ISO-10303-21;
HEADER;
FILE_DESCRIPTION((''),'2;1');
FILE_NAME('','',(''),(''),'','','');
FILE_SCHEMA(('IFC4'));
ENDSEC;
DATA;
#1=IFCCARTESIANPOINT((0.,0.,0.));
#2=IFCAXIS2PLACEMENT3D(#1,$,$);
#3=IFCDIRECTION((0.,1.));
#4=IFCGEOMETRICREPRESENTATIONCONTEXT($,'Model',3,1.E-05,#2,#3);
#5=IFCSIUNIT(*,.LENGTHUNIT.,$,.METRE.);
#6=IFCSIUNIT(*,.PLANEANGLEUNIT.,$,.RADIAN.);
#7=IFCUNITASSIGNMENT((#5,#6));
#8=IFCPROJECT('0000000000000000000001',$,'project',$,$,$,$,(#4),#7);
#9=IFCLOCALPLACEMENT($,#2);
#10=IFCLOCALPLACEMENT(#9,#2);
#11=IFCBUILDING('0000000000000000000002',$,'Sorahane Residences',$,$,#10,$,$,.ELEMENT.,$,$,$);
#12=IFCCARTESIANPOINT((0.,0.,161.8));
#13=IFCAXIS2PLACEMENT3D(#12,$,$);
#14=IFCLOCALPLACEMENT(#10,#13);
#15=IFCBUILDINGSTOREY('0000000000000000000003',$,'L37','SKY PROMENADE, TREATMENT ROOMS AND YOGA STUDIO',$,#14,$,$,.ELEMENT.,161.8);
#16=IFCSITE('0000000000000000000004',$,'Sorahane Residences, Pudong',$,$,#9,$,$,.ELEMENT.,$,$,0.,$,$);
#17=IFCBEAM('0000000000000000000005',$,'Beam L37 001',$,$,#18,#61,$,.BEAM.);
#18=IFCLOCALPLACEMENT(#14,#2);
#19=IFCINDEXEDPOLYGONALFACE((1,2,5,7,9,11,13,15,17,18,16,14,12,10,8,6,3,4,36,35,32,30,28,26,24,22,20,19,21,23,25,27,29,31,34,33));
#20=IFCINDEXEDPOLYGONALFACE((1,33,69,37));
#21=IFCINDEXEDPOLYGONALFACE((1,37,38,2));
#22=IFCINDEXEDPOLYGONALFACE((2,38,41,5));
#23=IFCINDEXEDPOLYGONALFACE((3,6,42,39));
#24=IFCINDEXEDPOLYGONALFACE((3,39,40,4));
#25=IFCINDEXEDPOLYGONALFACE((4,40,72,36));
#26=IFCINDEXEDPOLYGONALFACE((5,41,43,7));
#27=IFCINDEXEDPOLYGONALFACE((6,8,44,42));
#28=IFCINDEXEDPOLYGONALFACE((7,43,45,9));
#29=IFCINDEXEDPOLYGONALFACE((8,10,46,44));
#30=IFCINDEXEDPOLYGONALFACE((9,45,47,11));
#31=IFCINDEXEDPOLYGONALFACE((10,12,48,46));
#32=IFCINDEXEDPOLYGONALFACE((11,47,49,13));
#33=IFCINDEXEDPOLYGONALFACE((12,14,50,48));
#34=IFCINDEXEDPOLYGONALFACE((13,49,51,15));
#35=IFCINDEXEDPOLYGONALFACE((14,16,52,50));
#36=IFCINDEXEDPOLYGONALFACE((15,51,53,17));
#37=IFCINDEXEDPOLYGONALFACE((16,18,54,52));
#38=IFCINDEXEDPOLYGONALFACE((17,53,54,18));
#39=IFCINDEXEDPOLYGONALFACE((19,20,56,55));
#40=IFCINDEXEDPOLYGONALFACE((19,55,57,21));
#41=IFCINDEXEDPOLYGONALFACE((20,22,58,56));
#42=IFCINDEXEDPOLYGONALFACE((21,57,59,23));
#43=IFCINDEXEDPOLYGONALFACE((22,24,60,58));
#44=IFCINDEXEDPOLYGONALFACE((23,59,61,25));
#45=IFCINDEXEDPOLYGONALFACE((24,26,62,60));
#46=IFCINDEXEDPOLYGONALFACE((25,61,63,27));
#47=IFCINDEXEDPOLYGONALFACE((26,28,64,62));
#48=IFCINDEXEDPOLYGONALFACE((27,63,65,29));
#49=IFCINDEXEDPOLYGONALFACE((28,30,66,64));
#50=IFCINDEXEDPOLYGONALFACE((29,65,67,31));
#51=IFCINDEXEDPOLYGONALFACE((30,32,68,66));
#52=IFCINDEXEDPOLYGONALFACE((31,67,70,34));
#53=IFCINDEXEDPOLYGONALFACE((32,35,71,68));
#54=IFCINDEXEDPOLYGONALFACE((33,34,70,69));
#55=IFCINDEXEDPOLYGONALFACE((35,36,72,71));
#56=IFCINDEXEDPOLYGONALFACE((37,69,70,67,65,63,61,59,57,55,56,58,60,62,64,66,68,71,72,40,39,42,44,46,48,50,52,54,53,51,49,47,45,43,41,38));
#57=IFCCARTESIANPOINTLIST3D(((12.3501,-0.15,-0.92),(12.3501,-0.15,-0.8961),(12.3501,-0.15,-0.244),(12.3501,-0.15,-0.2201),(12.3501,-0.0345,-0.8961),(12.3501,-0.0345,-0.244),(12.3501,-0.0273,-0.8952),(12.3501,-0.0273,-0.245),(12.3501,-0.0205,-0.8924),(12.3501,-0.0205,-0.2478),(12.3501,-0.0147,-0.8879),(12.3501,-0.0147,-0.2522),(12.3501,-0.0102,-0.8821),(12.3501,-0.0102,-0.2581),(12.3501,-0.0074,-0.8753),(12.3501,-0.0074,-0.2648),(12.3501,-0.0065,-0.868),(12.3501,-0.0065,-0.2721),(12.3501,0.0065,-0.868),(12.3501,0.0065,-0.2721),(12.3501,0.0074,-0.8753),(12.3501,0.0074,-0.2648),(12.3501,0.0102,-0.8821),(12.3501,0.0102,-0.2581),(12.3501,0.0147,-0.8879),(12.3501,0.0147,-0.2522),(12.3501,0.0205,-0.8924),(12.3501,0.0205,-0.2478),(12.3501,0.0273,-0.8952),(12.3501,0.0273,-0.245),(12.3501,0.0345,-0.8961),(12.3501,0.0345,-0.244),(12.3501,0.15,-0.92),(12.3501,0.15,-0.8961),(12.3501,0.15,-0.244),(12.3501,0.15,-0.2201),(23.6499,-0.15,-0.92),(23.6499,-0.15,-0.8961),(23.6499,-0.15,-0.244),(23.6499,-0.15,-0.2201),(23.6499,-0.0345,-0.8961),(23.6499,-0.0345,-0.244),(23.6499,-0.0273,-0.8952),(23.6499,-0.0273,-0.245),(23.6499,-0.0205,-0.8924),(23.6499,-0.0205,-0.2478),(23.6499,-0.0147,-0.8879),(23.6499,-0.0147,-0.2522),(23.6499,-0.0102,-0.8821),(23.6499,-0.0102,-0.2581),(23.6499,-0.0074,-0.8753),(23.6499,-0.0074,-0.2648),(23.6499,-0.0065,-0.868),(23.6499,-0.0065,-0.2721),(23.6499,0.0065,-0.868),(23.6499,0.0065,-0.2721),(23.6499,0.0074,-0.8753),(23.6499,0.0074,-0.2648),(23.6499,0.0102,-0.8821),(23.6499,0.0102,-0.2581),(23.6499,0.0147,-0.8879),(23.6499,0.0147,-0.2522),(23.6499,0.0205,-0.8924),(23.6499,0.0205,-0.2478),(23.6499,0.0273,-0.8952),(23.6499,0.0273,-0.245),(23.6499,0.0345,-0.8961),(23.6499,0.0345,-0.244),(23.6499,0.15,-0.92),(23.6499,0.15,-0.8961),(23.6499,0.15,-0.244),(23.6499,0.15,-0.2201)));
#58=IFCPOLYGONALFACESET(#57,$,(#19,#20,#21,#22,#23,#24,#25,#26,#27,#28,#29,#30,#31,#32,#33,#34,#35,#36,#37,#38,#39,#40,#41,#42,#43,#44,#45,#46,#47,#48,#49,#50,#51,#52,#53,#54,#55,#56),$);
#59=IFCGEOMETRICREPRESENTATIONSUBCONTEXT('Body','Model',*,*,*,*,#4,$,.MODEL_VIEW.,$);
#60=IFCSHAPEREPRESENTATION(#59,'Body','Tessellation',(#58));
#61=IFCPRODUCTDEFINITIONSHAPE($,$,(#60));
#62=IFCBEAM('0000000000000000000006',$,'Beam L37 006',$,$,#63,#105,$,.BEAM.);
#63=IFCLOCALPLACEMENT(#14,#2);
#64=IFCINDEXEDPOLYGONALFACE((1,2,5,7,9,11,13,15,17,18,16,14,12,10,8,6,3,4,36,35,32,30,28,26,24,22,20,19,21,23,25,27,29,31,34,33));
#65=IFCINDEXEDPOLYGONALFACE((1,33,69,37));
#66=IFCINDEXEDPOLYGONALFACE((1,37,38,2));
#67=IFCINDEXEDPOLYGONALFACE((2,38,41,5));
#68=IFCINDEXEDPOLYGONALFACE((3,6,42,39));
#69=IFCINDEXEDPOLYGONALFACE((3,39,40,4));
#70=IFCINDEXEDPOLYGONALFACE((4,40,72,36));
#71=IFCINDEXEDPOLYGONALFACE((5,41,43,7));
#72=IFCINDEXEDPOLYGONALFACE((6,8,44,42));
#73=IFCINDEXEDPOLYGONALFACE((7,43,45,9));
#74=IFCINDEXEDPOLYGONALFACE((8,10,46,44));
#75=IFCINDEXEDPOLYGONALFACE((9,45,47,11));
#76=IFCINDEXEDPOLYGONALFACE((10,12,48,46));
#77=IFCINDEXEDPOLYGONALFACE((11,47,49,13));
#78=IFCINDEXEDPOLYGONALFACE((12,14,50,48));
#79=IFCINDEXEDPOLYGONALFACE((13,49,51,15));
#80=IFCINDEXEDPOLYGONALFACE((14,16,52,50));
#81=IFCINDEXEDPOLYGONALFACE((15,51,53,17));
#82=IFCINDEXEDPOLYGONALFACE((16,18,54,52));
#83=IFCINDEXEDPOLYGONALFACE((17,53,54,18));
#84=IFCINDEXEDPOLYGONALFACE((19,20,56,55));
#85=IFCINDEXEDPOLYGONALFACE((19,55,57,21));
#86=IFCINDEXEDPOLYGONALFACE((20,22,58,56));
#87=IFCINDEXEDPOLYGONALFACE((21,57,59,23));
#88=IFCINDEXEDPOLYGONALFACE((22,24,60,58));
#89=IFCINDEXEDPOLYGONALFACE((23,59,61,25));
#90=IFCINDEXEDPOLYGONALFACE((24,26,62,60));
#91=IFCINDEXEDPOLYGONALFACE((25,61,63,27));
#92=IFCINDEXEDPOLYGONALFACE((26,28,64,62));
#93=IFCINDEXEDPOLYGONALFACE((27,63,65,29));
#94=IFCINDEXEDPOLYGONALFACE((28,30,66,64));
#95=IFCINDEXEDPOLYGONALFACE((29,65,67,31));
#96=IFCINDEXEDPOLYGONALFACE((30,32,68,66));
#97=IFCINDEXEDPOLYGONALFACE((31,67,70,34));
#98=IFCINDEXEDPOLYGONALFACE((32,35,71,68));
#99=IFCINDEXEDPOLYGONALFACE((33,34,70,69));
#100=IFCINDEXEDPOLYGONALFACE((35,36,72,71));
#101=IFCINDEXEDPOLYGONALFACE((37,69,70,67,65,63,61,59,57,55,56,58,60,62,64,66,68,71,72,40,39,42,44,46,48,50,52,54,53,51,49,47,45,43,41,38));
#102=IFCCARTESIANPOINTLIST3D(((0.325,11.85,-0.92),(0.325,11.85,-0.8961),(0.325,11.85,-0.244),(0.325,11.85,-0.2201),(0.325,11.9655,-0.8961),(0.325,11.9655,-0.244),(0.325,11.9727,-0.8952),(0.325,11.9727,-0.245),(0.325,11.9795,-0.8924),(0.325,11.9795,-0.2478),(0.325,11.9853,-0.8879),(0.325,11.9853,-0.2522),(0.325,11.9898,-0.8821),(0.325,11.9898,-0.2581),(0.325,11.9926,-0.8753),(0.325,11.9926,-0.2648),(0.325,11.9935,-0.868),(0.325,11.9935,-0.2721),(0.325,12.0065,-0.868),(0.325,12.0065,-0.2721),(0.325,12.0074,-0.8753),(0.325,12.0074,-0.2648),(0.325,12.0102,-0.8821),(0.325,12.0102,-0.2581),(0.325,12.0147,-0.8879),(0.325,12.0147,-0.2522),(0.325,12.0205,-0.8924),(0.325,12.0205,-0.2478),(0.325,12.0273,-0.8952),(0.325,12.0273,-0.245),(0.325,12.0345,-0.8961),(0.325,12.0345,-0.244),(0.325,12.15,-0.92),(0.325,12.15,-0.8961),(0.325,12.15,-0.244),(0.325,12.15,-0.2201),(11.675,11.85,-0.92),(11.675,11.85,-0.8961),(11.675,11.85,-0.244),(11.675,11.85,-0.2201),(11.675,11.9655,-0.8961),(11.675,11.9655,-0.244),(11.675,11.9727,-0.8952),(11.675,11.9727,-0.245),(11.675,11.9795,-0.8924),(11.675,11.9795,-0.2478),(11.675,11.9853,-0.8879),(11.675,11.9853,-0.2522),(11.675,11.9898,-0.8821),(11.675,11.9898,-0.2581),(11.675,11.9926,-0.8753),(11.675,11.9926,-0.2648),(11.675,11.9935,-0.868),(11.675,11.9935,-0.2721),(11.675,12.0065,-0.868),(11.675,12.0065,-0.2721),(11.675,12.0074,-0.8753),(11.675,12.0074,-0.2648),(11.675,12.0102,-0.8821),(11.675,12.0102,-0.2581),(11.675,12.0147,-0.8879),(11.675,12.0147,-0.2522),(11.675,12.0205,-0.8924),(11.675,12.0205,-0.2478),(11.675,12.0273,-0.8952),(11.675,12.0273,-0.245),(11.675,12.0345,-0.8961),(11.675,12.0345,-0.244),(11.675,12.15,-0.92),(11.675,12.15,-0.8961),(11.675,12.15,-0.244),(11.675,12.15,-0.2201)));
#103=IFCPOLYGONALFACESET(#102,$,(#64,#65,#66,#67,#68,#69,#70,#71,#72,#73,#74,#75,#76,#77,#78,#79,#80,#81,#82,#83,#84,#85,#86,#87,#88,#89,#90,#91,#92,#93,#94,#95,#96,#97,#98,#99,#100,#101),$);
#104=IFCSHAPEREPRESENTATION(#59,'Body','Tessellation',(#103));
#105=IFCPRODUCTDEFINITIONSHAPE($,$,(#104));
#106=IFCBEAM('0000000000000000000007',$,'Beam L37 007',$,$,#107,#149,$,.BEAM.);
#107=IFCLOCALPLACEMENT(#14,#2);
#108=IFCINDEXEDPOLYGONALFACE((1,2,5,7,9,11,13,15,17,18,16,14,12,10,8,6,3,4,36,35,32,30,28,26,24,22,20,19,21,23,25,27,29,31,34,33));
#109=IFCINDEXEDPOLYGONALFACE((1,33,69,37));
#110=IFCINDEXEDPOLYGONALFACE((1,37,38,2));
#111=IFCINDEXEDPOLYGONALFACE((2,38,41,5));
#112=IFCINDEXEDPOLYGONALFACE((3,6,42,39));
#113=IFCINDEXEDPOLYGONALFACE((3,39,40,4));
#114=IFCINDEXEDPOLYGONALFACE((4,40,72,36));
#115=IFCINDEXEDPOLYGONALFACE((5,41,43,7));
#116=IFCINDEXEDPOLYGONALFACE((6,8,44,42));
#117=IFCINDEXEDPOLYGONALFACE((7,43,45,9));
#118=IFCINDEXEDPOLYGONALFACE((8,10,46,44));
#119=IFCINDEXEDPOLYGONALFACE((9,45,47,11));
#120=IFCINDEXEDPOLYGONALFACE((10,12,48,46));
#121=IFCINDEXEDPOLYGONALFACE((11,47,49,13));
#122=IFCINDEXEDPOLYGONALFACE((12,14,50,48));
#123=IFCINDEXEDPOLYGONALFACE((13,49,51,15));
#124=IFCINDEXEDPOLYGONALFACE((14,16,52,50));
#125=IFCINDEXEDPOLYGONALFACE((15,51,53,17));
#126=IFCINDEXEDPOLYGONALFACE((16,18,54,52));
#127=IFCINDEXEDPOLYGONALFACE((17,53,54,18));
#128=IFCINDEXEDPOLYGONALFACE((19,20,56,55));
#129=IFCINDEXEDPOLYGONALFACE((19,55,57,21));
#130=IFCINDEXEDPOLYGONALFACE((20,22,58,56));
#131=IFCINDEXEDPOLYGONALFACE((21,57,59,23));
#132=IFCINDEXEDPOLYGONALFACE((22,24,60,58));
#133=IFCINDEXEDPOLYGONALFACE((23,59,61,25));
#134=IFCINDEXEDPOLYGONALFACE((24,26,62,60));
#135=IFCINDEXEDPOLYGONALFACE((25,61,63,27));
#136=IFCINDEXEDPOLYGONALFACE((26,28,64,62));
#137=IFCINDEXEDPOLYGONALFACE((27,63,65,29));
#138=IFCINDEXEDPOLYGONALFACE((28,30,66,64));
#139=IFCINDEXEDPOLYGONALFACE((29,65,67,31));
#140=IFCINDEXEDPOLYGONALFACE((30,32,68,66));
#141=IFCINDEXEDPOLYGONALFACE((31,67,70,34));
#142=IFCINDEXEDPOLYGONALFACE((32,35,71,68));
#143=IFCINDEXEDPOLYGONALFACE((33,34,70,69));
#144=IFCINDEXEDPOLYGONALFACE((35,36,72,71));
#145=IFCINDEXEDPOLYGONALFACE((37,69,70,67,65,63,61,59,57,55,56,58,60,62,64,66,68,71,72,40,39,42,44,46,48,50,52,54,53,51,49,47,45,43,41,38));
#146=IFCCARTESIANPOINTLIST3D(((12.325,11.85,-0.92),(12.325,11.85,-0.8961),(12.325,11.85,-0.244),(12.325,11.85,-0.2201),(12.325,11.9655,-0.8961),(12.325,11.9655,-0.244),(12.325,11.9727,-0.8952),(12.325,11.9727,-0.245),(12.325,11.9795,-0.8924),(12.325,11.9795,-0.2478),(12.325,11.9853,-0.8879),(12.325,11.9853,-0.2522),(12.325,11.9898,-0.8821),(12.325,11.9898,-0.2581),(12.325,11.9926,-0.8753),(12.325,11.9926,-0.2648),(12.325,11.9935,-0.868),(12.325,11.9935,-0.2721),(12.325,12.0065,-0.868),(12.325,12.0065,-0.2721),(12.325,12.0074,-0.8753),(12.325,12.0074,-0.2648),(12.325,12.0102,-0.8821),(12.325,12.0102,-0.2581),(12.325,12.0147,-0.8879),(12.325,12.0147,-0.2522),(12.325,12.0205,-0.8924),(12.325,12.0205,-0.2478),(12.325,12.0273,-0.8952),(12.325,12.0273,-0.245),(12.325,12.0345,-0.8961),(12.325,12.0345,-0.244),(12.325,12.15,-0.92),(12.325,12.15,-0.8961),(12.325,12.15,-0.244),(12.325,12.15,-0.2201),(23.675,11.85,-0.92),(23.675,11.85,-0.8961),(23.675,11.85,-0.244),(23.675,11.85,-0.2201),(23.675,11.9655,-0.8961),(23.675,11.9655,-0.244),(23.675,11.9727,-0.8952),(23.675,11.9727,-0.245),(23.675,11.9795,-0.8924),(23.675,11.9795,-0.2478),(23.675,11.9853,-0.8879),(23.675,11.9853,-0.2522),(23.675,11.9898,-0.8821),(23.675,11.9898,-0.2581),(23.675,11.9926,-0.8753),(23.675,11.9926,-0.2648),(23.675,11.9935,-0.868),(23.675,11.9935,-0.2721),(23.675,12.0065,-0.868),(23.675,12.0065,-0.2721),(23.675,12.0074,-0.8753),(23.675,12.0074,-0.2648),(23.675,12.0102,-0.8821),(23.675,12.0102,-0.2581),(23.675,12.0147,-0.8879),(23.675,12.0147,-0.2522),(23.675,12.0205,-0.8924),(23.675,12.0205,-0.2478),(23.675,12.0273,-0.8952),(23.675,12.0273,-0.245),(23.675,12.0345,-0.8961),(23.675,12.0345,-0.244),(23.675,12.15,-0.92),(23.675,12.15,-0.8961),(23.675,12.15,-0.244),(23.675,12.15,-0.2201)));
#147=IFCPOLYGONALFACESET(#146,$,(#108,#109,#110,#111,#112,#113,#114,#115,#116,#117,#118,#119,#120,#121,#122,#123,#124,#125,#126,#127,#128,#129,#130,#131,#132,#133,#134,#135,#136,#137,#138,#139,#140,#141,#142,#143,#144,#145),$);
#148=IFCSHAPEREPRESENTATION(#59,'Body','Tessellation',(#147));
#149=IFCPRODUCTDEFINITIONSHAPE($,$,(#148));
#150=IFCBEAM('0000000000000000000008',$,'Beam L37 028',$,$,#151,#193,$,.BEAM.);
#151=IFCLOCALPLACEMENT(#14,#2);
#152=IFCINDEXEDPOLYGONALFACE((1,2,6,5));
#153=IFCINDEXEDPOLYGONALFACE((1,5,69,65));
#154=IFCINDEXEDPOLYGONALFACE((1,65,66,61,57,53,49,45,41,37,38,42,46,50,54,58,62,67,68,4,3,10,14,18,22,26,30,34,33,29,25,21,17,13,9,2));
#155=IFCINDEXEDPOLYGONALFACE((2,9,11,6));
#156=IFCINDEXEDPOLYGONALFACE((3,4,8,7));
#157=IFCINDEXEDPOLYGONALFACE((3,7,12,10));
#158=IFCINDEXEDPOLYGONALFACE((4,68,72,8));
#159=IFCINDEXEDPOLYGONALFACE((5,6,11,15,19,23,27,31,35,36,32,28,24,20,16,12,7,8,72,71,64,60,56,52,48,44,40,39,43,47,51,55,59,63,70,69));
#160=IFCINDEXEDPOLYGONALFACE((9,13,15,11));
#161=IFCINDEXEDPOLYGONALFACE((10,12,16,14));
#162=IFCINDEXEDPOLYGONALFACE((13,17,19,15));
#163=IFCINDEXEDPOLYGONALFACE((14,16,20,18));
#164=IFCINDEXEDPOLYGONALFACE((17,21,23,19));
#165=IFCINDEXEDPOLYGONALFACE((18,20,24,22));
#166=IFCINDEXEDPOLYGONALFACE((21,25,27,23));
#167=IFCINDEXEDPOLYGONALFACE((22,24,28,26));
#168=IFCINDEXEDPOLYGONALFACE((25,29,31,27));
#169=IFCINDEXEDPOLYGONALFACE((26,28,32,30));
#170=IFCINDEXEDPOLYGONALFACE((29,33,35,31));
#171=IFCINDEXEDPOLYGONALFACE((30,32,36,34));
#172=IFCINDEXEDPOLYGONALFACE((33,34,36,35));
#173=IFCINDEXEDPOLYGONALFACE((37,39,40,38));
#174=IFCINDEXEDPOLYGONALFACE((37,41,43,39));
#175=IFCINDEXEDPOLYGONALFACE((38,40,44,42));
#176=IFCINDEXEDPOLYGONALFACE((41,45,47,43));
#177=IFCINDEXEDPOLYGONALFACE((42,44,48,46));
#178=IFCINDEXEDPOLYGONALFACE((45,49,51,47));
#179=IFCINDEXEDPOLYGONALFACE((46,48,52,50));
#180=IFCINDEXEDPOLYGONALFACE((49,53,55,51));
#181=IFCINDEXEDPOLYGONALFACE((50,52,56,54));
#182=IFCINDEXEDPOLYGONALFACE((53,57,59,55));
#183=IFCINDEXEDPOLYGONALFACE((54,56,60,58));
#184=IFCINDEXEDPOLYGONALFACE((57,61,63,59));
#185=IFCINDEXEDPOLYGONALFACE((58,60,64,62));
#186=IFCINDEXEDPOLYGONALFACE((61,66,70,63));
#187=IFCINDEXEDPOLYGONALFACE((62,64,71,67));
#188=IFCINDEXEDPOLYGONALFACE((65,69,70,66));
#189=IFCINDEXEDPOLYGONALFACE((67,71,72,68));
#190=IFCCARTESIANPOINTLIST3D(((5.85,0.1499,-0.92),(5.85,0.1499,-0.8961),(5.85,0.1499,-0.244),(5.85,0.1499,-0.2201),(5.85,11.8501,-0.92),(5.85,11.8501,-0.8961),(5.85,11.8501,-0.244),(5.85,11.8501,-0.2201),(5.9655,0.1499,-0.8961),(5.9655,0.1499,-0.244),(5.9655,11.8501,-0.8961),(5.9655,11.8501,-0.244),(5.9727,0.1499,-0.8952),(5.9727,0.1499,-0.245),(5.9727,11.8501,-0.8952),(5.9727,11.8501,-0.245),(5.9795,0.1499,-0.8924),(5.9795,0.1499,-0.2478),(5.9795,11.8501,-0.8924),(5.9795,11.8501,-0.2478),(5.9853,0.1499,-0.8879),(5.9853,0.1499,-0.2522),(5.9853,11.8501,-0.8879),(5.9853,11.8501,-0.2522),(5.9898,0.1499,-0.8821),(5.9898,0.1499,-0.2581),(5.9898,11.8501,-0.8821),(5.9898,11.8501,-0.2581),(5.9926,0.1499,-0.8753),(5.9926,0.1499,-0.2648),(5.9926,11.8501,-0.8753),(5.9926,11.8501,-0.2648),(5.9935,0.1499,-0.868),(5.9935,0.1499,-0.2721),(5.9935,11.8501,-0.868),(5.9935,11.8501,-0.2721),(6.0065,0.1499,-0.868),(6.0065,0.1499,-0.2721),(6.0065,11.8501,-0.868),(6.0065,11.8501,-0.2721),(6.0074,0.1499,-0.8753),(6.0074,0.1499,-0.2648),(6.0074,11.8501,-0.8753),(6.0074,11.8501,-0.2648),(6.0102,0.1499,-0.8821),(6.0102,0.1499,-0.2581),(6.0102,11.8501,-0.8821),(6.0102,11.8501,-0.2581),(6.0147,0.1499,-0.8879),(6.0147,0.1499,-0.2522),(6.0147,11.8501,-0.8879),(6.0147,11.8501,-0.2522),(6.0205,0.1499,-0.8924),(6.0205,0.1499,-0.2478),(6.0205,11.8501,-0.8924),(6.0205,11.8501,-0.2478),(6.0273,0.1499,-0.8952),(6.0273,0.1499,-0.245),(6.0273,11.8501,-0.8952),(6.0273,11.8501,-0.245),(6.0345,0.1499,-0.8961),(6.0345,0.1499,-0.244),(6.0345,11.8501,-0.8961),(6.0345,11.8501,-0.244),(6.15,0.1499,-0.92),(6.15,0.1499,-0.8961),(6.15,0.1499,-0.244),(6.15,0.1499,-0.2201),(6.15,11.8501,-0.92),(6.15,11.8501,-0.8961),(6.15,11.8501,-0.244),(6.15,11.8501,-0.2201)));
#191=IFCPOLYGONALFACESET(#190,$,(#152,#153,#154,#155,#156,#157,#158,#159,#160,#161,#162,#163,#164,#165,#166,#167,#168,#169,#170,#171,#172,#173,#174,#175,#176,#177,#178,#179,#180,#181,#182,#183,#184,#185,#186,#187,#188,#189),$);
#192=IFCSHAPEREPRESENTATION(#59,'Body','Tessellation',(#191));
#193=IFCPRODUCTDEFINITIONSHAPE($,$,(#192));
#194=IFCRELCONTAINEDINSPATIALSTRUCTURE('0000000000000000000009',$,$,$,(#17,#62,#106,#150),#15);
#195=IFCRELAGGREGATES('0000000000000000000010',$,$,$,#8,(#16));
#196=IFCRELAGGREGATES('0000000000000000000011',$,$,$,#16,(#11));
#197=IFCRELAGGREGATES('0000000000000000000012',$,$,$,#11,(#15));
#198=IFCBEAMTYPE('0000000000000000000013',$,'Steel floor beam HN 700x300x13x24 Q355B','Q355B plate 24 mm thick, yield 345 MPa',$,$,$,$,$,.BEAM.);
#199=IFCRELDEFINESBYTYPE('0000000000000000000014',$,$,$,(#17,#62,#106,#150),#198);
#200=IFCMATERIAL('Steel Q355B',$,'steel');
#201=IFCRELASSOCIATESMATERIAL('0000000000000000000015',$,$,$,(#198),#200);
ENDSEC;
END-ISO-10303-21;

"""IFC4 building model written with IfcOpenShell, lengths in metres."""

from ifc_helpers import new_model, si_unit, direction, frame, origin, origin_2d, place, context, subcontext, project, spatial, i_section, extrude, material, material_profile, profile_set, type_object, element, save


model = new_model("IFC4")

# Units and contexts
model_context = context("Model", 3, precision=1e-05, world=origin(), true_north=direction((0.0, 1.0)))
body_context = subcontext(model_context, "Body", "Model", "MODEL_VIEW")
ifc_project = project(units=[si_unit("LENGTHUNIT", "METRE"), si_unit("PLANEANGLEUNIT", "RADIAN")], contexts=[model_context])

# Site, building, storey
site_placement = place(None, origin())
site = spatial("IfcSite", under=ifc_project, at=site_placement, Name="Sorahane Residences, Pudong", CompositionType="ELEMENT", RefElevation=0.0)
building_placement = place(site_placement, origin())
building = spatial("IfcBuilding", under=site, at=building_placement, Name="Sorahane Residences", CompositionType="ELEMENT")
storey_placement = place(building_placement, frame((0.0, 0.0, 161.8)))
storey = spatial("IfcBuildingStorey", under=building, at=storey_placement, Name="L37", Description="SKY PROMENADE, TREATMENT ROOMS AND YOGA STUDIO", CompositionType="ELEMENT", Elevation=161.8)

# Beams
ifc_material_1 = material(Name="Steel Q355B", Category="steel")
ifc_material_profile_1 = material_profile(ifc_material_1, i_section(OverallWidth=0.3, OverallDepth=0.7, WebThickness=0.0129, FlangeThickness=0.0239, FilletRadius=0.0281, at=origin_2d()), Name="HN 700x300x13x24")
ifc_profile_set_1 = profile_set([ifc_material_profile_1], Name="Steel Q355B")
beam_type_1 = type_object("IfcBeamType", Name="Steel floor beam HN 700x300x13x24 Q355B", Description="Q355B plate 24 mm thick, yield 345 MPa", PredefinedType="BEAM", material=ifc_profile_set_1)
for number, where, z_axis, x_axis, name in (
    (1, (12.3501, 0.0, -0.5701), (1.0, 0.0, 0.0), (0.0, 1.0, 0.0), "Beam L37 001"),
):
    element("IfcBeam", number, at=place(storey_placement, frame(where, z_axis=z_axis, x_axis=x_axis)), inside=storey, type_object=beam_type_1, Name=name, PredefinedType="BEAM", context=body_context, shape_type="SweptSolid", body=[
        extrude(i_section(OverallWidth=0.3, OverallDepth=0.7, WebThickness=0.0129, FlangeThickness=0.0239, FilletRadius=0.0281, at=origin_2d()), origin(), (0.0, 0.0, 1.0), 11.2998),
    ])
for number, where, z_axis, x_axis, name in (
    (2, (0.325, 12.0, -0.5701), (1.0, 0.0, 0.0), (0.0, 1.0, 0.0), "Beam L37 006"),
    (3, (12.325, 12.0, -0.5701), (1.0, 0.0, 0.0), (0.0, 1.0, 0.0), "Beam L37 007"),
):
    element("IfcBeam", number, at=place(storey_placement, frame(where, z_axis=z_axis, x_axis=x_axis)), inside=storey, type_object=beam_type_1, Name=name, PredefinedType="BEAM", context=body_context, shape_type="SweptSolid", body=[
        extrude(i_section(OverallWidth=0.3, OverallDepth=0.7, WebThickness=0.0129, FlangeThickness=0.0239, FilletRadius=0.0281, at=origin_2d()), origin(), (0.0, 0.0, 1.0), 11.3501),
    ])
beam_1_placement = place(storey_placement, frame((6.0, 0.1499, -0.5701), z_axis=(0.0, 1.0, 0.0), x_axis=(-1.0, 0.0, 0.0)))
element("IfcBeam", 4, at=beam_1_placement, inside=storey, type_object=beam_type_1, Name="Beam L37 028", PredefinedType="BEAM", context=body_context, shape_type="SweptSolid", body=[
    extrude(i_section(OverallWidth=0.3, OverallDepth=0.7, WebThickness=0.0129, FlangeThickness=0.0239, FilletRadius=0.0281, at=origin_2d()), origin(), (0.0, 0.0, 1.0), 11.7002),
])

save(model, "model.ifc")
